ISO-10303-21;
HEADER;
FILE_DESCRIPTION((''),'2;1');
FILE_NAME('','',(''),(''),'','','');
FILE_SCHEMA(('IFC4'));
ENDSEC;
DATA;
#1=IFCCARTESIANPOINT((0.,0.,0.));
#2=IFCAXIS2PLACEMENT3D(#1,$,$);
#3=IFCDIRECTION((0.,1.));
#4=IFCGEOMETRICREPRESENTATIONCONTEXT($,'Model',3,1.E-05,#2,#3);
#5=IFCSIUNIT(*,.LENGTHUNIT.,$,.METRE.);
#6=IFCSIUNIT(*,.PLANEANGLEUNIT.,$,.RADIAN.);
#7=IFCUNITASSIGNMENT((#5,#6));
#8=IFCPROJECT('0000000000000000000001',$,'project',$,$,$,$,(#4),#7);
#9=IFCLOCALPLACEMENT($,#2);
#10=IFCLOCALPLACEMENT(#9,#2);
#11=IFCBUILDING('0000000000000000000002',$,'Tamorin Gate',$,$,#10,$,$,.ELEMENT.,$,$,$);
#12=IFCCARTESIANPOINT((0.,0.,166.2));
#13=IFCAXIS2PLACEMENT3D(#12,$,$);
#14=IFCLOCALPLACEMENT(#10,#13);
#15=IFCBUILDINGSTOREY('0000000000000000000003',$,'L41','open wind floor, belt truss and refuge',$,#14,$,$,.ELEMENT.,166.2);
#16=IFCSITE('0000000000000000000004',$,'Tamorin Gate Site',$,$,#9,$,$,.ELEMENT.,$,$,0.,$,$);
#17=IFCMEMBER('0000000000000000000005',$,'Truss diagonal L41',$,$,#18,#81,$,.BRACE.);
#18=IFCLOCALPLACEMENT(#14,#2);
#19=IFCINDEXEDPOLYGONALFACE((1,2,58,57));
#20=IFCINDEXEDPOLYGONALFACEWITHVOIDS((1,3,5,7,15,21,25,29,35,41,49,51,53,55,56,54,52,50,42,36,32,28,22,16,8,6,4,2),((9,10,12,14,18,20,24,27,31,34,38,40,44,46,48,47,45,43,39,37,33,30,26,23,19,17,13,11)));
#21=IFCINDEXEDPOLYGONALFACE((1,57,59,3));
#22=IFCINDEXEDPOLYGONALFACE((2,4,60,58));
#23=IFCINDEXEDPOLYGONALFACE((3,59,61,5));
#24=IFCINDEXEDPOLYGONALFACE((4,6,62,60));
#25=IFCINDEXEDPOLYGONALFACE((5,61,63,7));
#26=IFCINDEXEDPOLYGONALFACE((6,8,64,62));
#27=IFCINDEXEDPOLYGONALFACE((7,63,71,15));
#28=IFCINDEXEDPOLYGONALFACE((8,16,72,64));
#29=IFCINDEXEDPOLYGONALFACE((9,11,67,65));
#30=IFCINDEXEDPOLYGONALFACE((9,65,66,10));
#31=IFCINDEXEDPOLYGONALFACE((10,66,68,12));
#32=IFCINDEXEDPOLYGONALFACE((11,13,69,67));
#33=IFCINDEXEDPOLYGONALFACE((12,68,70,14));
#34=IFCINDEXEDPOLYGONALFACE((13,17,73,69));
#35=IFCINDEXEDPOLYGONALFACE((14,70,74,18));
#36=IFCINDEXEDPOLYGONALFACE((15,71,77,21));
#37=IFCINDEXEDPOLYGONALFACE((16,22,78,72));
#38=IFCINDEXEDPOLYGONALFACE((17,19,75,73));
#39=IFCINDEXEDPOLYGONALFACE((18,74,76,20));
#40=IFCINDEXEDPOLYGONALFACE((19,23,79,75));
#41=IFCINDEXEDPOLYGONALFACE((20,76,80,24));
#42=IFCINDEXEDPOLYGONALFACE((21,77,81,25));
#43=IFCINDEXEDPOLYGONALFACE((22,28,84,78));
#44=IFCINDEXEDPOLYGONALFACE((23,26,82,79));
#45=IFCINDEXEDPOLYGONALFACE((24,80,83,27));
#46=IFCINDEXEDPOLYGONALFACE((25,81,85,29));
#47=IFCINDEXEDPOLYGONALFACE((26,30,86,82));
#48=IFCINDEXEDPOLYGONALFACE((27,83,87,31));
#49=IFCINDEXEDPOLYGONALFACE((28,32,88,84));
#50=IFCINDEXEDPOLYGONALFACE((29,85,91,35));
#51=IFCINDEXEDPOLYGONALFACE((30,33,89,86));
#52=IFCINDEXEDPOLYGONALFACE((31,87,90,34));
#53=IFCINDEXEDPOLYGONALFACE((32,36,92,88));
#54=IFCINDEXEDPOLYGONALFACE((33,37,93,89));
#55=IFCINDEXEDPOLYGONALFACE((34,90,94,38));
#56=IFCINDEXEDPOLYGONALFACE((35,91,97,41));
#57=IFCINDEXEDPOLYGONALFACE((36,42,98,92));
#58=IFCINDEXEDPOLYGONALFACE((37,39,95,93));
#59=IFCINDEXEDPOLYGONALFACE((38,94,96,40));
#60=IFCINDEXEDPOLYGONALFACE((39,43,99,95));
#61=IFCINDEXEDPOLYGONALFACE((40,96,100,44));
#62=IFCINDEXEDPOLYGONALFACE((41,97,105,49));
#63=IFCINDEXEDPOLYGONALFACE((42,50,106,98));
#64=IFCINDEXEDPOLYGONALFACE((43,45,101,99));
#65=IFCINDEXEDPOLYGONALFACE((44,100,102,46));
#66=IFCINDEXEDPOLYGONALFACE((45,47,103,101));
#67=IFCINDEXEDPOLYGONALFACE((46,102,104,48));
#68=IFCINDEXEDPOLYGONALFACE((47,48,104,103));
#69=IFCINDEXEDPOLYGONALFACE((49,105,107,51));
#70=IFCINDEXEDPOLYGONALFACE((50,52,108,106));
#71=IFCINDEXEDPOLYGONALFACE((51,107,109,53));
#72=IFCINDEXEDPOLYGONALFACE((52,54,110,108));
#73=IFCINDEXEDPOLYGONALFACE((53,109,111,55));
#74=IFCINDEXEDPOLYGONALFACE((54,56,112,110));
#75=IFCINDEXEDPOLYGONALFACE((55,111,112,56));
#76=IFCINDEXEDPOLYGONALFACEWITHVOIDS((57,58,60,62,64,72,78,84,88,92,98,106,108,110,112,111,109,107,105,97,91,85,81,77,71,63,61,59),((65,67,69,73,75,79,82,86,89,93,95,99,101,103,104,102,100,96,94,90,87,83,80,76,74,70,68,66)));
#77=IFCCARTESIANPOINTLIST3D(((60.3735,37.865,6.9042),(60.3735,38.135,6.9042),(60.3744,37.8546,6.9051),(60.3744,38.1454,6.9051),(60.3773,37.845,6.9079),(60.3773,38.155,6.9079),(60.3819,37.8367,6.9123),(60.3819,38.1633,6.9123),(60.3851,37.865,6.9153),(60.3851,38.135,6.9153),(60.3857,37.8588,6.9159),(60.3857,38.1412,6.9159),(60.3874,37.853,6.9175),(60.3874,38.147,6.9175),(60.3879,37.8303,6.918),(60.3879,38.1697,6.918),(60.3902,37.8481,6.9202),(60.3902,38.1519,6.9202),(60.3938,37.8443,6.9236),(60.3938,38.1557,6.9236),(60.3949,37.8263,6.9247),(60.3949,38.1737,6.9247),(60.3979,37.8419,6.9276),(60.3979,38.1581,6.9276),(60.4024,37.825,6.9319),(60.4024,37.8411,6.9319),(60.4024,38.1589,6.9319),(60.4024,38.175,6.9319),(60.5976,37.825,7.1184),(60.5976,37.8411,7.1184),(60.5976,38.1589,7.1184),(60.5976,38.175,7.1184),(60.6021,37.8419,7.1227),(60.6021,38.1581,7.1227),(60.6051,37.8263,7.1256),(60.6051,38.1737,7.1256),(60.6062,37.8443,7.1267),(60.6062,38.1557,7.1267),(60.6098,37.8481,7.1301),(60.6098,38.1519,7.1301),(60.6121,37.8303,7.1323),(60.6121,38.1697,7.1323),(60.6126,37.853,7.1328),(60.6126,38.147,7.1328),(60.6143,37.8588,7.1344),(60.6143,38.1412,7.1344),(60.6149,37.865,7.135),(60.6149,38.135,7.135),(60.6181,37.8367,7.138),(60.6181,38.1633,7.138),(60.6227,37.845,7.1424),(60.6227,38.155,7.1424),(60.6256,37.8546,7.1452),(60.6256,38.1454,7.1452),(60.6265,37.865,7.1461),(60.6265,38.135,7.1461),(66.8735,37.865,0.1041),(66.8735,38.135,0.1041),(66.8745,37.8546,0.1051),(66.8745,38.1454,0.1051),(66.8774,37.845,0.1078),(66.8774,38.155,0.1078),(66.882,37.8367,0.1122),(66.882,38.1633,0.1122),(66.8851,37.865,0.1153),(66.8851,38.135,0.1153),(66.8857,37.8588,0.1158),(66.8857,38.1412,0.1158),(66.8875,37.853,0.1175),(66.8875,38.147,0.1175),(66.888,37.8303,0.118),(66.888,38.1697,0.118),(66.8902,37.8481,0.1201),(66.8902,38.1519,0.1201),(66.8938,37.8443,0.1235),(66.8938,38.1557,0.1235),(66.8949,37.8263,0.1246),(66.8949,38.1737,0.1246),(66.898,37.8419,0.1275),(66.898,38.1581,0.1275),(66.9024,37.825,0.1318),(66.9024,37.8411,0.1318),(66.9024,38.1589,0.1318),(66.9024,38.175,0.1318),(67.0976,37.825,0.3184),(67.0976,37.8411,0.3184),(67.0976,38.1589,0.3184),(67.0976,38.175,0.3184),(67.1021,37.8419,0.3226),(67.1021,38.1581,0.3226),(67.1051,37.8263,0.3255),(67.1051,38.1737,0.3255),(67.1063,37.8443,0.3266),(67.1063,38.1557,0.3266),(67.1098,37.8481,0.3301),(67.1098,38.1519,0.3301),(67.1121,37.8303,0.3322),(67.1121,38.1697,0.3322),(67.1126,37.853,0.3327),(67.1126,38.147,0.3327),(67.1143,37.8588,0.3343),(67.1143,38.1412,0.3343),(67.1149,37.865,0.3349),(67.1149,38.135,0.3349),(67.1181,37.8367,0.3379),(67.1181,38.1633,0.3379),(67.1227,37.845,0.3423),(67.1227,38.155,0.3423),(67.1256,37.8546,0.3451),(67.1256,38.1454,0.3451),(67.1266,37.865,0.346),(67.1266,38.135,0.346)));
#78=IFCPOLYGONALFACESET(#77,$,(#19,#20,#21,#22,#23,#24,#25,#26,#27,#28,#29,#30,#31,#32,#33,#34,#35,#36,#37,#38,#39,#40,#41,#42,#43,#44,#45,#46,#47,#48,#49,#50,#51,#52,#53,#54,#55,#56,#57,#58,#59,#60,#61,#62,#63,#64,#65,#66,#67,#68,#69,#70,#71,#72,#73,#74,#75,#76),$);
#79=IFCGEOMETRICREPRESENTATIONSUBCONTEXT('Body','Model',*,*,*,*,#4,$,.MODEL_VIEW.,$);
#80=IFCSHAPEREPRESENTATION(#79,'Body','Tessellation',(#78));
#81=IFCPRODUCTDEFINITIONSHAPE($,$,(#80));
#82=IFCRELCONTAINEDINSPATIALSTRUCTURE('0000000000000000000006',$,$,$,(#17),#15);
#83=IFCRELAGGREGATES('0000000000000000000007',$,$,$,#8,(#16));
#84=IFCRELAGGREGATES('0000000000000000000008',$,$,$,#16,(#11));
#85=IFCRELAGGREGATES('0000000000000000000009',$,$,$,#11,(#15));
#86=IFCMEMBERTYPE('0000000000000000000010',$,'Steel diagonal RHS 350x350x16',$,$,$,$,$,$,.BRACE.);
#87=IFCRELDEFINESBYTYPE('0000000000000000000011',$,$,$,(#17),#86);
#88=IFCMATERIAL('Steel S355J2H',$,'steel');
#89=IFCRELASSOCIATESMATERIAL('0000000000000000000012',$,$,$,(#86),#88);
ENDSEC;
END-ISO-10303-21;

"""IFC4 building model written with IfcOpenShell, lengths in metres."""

from ifc_helpers import new_model, si_unit, direction, frame, origin, origin_2d, place, context, subcontext, project, spatial, hollow_rectangle, extrude, material, material_profile, profile_set, type_object, element, save


model = new_model("IFC4")

# Units and contexts
model_context = context("Model", 3, precision=1e-05, world=origin(), true_north=direction((0.0, 1.0)))
body_context = subcontext(model_context, "Body", "Model", "MODEL_VIEW")
ifc_project = project(units=[si_unit("LENGTHUNIT", "METRE"), si_unit("PLANEANGLEUNIT", "RADIAN")], contexts=[model_context])

# Site, building, storey
site_placement = place(None, origin())
site = spatial("IfcSite", under=ifc_project, at=site_placement, Name="Tamorin Gate Site", CompositionType="ELEMENT", RefElevation=0.0)
building_placement = place(site_placement, origin())
building = spatial("IfcBuilding", under=site, at=building_placement, Name="Tamorin Gate", CompositionType="ELEMENT")
storey_placement = place(building_placement, frame((0.0, 0.0, 166.2)))
storey = spatial("IfcBuildingStorey", under=building, at=storey_placement, Name="L41", Description="open wind floor, belt truss and refuge", CompositionType="ELEMENT", Elevation=166.2)

# Member
ifc_material_1 = material(Name="Steel S355J2H", Category="steel")
ifc_material_profile_1 = material_profile(ifc_material_1, hollow_rectangle(XDim=0.3501, YDim=0.3501, WallThickness=0.0161, InnerFilletRadius=0.0239, OuterFilletRadius=0.04, at=origin_2d()), Name="RHS 350x350x16")
ifc_profile_set_1 = profile_set([ifc_material_profile_1], Name="Steel S355J2H")
member_type_1 = type_object("IfcMemberType", Name="Steel diagonal RHS 350x350x16", PredefinedType="BRACE", material=ifc_profile_set_1)
for number, where, z_axis, x_axis, name in (
    (1, (60.5, 38.0, 7.0251), (0.690979, 0.0, -0.722875), (0.0, 1.0, 0.0), "Truss diagonal L41"),
):
    element("IfcMember", number, at=place(storey_placement, frame(where, z_axis=z_axis, x_axis=x_axis)), inside=storey, type_object=member_type_1, Name=name, PredefinedType="BRACE", context=body_context, shape_type="SweptSolid", body=[
        extrude(hollow_rectangle(XDim=0.3501, YDim=0.3501, WallThickness=0.0161, InnerFilletRadius=0.0239, OuterFilletRadius=0.04, at=origin_2d()), origin(), (0.0, 0.0, 1.0), 9.407),
    ])

save(model, "model.ifc")
